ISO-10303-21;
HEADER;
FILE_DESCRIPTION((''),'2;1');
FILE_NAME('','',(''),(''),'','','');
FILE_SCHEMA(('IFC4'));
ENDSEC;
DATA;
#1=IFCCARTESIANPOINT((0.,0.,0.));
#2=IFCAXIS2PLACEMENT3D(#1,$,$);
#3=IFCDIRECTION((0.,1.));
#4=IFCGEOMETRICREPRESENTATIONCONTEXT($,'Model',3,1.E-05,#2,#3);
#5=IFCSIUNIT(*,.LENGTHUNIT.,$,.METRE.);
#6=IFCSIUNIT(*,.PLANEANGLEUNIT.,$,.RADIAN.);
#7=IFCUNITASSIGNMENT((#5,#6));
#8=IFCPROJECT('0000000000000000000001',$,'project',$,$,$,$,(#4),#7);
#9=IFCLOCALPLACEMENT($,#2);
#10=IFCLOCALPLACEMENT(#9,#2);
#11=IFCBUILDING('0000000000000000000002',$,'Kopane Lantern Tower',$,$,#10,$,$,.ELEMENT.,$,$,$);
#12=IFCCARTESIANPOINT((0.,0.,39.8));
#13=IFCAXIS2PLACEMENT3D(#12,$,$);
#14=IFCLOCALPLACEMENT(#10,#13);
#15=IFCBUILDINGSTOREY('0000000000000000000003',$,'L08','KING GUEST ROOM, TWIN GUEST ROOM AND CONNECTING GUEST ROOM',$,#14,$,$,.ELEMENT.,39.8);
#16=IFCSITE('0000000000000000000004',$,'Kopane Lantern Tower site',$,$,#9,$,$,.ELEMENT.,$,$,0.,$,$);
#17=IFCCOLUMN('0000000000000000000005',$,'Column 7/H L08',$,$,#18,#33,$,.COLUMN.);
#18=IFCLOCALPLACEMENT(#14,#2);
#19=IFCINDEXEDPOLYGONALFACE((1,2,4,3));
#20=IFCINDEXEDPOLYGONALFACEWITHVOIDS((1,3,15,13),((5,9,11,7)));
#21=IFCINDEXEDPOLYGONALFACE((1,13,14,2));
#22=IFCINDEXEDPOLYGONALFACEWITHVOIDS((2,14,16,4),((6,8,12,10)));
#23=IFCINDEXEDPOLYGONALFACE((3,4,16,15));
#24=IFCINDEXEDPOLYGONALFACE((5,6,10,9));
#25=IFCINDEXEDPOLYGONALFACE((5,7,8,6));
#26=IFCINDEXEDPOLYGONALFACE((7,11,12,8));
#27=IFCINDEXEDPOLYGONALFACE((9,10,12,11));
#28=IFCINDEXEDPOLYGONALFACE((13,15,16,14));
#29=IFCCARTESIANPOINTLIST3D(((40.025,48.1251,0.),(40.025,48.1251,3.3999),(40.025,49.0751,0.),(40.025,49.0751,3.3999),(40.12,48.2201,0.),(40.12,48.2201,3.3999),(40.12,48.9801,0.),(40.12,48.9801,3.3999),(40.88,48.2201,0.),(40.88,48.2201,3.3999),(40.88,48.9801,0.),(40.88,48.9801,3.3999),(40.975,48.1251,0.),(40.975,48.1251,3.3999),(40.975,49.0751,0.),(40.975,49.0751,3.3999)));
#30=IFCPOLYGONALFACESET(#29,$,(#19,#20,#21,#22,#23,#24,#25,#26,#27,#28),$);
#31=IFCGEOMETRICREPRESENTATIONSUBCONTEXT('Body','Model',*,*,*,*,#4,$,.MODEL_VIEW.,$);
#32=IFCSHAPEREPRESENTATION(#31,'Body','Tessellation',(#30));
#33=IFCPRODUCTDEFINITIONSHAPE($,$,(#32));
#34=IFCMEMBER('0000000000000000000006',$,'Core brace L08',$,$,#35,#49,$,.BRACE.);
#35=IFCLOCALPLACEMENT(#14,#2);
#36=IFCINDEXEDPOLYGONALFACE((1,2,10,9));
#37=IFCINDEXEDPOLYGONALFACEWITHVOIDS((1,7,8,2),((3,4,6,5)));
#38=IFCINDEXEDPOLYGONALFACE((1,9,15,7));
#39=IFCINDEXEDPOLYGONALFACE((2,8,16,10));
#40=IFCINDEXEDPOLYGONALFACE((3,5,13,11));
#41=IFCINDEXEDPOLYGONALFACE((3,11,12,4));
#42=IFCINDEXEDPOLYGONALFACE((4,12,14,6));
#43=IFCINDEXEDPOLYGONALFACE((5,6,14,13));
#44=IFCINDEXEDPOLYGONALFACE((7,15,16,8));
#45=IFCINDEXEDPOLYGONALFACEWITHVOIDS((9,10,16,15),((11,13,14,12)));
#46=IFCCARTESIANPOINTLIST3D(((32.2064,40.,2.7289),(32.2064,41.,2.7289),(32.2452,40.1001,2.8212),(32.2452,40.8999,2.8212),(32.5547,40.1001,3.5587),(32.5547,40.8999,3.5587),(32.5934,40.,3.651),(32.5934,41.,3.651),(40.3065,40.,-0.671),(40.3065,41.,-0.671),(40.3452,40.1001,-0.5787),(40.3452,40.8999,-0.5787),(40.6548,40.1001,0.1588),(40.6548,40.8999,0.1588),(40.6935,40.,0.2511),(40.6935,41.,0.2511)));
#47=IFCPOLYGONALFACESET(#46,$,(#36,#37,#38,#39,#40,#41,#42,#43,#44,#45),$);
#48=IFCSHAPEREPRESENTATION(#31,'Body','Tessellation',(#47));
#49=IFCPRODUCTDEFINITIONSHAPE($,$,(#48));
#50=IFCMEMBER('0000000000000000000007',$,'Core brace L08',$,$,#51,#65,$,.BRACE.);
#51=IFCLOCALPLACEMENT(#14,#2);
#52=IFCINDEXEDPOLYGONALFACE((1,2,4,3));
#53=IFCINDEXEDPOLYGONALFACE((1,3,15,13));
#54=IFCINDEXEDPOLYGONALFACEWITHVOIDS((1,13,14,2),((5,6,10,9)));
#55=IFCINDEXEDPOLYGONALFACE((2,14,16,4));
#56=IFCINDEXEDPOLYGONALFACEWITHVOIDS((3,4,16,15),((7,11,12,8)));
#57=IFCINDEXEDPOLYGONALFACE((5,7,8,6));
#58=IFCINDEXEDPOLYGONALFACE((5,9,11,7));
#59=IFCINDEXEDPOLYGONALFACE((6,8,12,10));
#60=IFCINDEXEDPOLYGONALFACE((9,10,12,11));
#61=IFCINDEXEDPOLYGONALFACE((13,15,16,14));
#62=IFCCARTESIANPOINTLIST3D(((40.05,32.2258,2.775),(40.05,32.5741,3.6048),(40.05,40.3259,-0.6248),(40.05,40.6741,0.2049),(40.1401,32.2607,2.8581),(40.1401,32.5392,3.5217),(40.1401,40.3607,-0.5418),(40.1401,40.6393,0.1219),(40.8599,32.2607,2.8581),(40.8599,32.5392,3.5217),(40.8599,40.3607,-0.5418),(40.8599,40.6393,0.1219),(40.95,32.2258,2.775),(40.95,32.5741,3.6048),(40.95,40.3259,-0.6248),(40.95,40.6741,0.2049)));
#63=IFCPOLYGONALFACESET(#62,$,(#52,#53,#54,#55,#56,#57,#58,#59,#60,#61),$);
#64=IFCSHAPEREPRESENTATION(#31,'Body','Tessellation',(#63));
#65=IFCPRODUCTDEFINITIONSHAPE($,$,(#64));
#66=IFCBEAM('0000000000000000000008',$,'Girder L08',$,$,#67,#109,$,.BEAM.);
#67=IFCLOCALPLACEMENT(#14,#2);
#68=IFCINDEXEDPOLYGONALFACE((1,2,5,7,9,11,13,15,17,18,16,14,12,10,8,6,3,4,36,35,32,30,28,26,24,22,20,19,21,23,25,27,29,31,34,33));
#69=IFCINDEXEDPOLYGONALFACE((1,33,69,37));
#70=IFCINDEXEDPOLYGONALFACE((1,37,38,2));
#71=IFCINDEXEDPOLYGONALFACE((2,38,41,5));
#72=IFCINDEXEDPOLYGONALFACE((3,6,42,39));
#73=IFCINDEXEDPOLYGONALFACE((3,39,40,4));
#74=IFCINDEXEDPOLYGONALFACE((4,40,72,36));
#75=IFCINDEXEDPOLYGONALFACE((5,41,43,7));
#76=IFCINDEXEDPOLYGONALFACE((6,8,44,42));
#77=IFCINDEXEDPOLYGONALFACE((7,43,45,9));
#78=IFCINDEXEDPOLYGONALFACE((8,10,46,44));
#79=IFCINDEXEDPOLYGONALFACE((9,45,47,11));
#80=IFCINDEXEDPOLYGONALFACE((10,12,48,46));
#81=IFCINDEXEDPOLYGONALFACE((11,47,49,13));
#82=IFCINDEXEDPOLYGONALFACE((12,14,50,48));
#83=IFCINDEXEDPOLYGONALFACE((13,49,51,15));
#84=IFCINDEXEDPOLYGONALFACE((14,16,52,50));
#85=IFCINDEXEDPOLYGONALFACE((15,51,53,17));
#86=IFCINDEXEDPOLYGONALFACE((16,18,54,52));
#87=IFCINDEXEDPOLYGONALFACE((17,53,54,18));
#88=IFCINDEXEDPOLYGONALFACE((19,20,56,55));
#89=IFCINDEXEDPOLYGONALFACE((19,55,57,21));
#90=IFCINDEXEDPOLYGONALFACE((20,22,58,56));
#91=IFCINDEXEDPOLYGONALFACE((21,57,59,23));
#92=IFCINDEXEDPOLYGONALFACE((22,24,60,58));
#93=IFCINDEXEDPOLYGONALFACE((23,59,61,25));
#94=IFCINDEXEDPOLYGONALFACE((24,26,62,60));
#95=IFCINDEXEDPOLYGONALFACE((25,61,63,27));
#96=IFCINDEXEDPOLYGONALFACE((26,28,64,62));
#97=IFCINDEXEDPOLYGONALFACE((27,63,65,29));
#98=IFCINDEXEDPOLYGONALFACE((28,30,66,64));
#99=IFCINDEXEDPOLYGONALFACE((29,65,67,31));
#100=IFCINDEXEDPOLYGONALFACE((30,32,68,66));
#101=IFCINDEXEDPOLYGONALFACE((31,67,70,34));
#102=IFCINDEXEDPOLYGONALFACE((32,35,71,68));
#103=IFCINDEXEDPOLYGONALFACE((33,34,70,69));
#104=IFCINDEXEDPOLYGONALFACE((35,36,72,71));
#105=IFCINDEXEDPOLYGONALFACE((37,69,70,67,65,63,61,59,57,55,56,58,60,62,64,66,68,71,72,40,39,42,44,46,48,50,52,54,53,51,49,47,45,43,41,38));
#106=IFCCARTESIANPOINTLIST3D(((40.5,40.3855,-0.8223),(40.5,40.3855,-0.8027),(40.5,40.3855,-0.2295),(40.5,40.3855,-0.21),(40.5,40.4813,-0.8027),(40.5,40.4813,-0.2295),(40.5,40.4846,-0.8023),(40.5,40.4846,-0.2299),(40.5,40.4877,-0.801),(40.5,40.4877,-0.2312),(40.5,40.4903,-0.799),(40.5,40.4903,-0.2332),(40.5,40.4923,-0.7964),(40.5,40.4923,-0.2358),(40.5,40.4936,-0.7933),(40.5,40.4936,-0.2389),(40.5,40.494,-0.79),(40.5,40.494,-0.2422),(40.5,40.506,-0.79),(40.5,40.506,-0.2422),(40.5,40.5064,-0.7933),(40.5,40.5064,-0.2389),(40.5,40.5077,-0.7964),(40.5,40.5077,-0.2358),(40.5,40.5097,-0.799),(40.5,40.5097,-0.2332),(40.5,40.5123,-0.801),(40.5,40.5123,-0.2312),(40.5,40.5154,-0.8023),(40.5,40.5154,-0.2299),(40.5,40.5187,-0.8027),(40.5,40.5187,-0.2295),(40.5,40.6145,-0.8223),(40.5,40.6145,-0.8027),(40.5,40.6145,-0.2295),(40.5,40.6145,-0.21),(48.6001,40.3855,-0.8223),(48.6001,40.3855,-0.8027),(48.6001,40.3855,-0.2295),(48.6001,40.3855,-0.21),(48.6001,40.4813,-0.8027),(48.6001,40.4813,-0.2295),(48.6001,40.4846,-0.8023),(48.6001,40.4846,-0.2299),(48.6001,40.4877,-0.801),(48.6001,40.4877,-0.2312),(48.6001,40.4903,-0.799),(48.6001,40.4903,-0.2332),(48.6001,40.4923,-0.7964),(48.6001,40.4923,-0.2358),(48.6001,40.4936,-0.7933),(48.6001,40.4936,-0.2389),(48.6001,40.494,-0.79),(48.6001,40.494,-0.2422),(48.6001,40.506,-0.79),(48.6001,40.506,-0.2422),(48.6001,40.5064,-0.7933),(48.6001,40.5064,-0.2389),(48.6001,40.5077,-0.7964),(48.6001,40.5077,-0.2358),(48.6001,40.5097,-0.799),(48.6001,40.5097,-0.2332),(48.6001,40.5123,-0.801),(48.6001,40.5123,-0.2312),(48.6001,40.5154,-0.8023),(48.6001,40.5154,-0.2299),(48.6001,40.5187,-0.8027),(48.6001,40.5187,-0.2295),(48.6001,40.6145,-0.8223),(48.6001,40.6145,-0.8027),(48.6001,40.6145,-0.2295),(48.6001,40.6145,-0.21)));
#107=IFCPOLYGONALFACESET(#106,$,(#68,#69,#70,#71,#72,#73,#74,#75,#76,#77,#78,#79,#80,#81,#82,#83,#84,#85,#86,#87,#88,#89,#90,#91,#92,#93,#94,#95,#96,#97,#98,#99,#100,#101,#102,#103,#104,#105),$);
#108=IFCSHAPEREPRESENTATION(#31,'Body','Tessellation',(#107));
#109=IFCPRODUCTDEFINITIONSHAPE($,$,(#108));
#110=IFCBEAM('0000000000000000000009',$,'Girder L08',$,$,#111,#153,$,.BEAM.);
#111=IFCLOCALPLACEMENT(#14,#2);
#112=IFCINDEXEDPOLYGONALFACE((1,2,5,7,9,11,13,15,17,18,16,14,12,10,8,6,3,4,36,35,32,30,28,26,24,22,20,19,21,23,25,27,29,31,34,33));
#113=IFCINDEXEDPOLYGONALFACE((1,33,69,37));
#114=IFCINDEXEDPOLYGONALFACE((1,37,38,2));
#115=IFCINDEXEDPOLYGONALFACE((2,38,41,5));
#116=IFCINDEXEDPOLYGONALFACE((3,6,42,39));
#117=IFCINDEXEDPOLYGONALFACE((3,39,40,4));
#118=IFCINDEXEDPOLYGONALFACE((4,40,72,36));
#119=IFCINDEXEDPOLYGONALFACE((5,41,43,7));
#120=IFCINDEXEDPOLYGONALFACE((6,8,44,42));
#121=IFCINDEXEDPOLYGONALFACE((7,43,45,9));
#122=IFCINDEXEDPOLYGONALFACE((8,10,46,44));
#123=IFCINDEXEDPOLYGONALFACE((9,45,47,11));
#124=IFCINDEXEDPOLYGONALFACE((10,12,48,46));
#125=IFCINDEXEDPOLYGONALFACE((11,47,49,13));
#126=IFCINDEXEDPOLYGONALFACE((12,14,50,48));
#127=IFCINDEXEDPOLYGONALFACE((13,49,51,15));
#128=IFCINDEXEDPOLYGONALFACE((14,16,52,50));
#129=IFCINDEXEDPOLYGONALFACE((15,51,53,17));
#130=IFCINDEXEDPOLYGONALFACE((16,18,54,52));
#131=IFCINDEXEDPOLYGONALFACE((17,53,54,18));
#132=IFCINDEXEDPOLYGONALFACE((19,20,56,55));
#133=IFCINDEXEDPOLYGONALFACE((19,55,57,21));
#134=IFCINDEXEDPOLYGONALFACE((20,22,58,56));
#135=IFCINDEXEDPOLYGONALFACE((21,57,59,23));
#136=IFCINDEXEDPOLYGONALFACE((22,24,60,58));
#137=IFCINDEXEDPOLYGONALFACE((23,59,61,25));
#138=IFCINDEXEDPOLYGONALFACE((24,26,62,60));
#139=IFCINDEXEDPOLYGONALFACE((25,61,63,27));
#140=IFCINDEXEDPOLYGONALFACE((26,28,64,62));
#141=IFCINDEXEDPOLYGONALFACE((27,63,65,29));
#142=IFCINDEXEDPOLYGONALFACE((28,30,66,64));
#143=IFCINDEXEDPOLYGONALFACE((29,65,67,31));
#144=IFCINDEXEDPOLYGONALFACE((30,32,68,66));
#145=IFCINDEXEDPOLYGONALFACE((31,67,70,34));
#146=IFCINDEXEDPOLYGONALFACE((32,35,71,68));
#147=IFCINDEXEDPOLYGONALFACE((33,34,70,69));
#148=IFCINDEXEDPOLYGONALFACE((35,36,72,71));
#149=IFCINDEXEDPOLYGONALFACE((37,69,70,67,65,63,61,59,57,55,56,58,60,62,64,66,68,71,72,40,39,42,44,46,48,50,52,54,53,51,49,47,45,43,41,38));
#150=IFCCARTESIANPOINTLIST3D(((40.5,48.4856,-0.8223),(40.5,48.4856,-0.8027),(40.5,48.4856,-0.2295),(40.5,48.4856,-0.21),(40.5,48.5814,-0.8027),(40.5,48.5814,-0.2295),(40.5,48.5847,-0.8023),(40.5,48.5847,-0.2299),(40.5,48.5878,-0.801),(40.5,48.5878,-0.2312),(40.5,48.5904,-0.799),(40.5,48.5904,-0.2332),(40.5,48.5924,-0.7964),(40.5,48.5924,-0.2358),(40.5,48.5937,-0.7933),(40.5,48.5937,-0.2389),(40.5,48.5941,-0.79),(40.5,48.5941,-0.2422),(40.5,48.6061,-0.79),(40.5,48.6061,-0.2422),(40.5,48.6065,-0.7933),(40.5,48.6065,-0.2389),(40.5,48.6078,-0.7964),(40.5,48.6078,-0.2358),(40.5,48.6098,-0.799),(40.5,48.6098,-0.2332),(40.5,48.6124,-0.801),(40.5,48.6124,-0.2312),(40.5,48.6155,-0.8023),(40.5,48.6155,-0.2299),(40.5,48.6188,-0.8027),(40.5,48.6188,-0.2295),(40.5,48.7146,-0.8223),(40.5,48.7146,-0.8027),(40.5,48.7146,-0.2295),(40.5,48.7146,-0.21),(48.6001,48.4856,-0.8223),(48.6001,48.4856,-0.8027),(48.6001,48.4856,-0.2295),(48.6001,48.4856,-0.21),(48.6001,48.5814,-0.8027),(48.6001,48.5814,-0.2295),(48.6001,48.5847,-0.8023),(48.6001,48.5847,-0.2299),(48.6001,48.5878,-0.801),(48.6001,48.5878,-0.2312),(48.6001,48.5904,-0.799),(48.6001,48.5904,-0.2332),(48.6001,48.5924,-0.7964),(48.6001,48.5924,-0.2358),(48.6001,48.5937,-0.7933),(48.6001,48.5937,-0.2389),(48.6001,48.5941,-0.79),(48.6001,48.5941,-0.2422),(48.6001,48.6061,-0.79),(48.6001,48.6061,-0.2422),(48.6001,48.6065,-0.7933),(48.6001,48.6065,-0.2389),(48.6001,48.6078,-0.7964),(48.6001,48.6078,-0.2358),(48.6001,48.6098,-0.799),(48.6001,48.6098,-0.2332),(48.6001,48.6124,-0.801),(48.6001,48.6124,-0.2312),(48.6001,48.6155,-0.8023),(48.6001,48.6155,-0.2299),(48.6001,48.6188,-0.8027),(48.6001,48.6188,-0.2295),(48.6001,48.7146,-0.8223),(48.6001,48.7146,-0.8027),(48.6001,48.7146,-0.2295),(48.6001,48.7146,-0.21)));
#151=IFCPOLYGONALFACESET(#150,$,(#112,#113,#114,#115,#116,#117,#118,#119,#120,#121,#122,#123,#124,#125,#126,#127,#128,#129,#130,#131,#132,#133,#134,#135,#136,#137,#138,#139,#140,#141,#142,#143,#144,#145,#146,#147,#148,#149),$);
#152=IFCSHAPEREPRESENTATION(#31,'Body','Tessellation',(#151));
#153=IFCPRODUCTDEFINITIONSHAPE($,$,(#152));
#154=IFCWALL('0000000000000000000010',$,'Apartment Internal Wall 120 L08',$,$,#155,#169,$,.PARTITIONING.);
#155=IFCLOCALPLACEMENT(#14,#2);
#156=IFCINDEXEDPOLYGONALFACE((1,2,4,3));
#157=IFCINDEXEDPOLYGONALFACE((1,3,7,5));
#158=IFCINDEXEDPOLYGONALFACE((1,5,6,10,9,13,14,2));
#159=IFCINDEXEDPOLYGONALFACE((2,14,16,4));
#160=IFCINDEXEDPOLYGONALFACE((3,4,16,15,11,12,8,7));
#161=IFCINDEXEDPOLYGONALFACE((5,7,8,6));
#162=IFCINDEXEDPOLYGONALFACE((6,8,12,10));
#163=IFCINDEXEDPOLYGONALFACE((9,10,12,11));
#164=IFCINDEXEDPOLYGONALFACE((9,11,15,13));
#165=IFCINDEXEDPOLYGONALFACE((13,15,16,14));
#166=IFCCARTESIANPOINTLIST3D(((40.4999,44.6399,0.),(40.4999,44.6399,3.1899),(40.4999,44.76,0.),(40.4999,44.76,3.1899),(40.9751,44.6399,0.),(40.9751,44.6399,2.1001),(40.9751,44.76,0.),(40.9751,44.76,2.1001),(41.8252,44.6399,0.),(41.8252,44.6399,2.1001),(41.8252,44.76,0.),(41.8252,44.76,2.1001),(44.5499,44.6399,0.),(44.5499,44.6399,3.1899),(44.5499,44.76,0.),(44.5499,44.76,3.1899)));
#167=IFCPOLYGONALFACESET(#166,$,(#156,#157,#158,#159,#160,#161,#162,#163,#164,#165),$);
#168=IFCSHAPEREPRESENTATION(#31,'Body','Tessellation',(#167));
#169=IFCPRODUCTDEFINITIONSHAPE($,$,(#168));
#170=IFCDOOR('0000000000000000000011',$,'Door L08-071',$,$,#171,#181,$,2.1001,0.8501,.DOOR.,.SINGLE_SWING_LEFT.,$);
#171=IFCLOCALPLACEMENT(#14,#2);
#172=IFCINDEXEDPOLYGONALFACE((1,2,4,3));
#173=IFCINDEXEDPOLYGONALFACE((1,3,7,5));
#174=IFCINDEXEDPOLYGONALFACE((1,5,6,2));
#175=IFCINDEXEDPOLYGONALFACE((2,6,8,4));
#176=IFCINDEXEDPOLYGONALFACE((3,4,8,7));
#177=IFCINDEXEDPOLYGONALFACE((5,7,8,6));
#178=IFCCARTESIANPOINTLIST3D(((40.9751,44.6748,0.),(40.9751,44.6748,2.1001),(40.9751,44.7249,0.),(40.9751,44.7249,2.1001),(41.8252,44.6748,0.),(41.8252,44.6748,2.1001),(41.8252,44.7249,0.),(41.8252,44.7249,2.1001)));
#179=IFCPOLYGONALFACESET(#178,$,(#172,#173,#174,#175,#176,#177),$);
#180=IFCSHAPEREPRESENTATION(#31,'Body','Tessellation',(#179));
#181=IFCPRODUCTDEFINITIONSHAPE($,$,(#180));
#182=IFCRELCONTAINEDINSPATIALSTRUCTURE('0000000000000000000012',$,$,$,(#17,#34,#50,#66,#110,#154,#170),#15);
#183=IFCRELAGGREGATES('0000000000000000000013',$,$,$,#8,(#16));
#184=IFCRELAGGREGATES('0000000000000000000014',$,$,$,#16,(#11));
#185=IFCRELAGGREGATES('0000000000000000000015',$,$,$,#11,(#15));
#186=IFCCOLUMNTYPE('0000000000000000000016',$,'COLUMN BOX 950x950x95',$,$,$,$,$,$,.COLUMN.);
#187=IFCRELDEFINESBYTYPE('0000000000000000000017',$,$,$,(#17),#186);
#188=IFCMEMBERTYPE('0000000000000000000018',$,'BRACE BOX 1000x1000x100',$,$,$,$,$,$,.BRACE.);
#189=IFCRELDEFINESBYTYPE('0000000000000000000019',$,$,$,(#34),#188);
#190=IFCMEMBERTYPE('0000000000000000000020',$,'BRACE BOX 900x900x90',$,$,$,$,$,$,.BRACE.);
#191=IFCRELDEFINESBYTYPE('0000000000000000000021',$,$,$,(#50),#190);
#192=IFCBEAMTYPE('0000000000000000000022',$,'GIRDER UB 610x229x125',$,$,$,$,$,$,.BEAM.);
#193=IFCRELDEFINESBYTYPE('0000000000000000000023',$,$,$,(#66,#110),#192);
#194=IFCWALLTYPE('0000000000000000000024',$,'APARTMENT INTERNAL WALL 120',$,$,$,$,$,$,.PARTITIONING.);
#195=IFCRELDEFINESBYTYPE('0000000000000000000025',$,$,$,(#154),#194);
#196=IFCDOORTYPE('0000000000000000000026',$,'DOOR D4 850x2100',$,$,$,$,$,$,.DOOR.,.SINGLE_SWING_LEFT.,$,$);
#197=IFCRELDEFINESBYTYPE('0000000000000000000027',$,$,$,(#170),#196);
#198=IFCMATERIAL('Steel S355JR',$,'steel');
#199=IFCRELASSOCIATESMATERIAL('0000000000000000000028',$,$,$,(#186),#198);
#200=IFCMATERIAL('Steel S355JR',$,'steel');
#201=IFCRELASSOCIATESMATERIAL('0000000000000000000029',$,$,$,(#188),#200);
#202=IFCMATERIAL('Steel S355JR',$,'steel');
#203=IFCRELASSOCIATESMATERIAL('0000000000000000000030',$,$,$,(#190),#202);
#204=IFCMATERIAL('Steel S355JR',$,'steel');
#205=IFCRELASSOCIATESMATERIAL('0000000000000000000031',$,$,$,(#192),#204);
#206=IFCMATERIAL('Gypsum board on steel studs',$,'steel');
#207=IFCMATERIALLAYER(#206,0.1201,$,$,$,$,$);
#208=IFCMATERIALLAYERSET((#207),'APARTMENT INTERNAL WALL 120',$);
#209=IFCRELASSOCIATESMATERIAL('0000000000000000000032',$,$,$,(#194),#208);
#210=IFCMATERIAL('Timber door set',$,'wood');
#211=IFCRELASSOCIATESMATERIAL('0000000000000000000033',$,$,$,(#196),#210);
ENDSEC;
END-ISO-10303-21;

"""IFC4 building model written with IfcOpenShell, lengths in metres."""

from ifc_helpers import new_model, si_unit, direction, frame, frame_2d, origin, origin_2d, place, context, subcontext, project, spatial, rectangle, hollow_rectangle, i_section, extrude, material, layer, layer_set, material_profile, profile_set, type_object, element, fill, save


model = new_model("IFC4")

# Units and contexts
model_context = context("Model", 3, precision=1e-05, world=origin(), true_north=direction((0.0, 1.0)))
body_context = subcontext(model_context, "Body", "Model", "MODEL_VIEW")
ifc_project = project(units=[si_unit("LENGTHUNIT", "METRE"), si_unit("PLANEANGLEUNIT", "RADIAN")], contexts=[model_context])

# Site, building, storey
site_placement = place(None, origin())
site = spatial("IfcSite", under=ifc_project, at=site_placement, Name="Kopane Lantern Tower site", CompositionType="ELEMENT", RefElevation=0.0)
building_placement = place(site_placement, origin())
building = spatial("IfcBuilding", under=site, at=building_placement, Name="Kopane Lantern Tower", CompositionType="ELEMENT")
storey_placement = place(building_placement, frame((0.0, 0.0, 39.8)))
storey = spatial("IfcBuildingStorey", under=building, at=storey_placement, Name="L08", Description="KING GUEST ROOM, TWIN GUEST ROOM AND CONNECTING GUEST ROOM", CompositionType="ELEMENT", Elevation=39.8)

# Column
ifc_material_1 = material(Name="Steel S355JR", Category="steel")
ifc_material_profile_1 = material_profile(ifc_material_1, hollow_rectangle(XDim=0.95, YDim=0.95, WallThickness=0.095, at=origin_2d()), Name="BOX 950x950x95")
ifc_profile_set_1 = profile_set([ifc_material_profile_1], Name="Steel S355JR")
column_type = type_object("IfcColumnType", Name="COLUMN BOX 950x950x95", PredefinedType="COLUMN", material=ifc_profile_set_1)
column_placement = place(storey_placement, frame((40.5, 48.6001, 0.0), z_axis=(0.0, 0.0, 1.0), x_axis=(1.0, 0.0, 0.0)))
element("IfcColumn", 1, at=column_placement, inside=storey, type_object=column_type, Name="Column 7/H L08", PredefinedType="COLUMN", context=body_context, shape_type="SweptSolid", body=[
    extrude(hollow_rectangle(XDim=0.95, YDim=0.95, WallThickness=0.095, at=origin_2d()), origin(), (0.0, 0.0, 1.0), 3.3999),
])

# Members
ifc_material_2 = material(Name="Steel S355JR", Category="steel")
ifc_material_profile_2 = material_profile(ifc_material_2, hollow_rectangle(XDim=1.0, YDim=1.0, WallThickness=0.1001, at=origin_2d()), Name="BOX 1000x1000x100")
ifc_profile_set_2 = profile_set([ifc_material_profile_2], Name="Steel S355JR")
member_type_1 = type_object("IfcMemberType", Name="BRACE BOX 1000x1000x100", PredefinedType="BRACE", material=ifc_profile_set_2)
member_1_placement = place(storey_placement, frame((40.5, 40.5, -0.21), z_axis=(-0.922069, 0.0, 0.387026), x_axis=(0.0, -1.0, 0.0)))
element("IfcMember", 2, at=member_1_placement, inside=storey, type_object=member_type_1, Name="Core brace L08", PredefinedType="BRACE", context=body_context, shape_type="SweptSolid", body=[
    extrude(hollow_rectangle(XDim=1.0, YDim=1.0, WallThickness=0.1001, at=origin_2d()), origin(), (0.0, 0.0, 1.0), 8.7847),
])
ifc_material_3 = material(Name="Steel S355JR", Category="steel")
ifc_material_profile_3 = material_profile(ifc_material_3, hollow_rectangle(XDim=0.8999, YDim=0.8999, WallThickness=0.0901, at=origin_2d()), Name="BOX 900x900x90")
ifc_profile_set_3 = profile_set([ifc_material_profile_3], Name="Steel S355JR")
member_type_2 = type_object("IfcMemberType", Name="BRACE BOX 900x900x90", PredefinedType="BRACE", material=ifc_profile_set_3)
member_2_placement = place(storey_placement, frame((40.5, 40.5, -0.21), z_axis=(0.0, -0.922069, 0.387026), x_axis=(1.0, 0.0, 0.0)))
element("IfcMember", 3, at=member_2_placement, inside=storey, type_object=member_type_2, Name="Core brace L08", PredefinedType="BRACE", context=body_context, shape_type="SweptSolid", body=[
    extrude(hollow_rectangle(XDim=0.8999, YDim=0.8999, WallThickness=0.0901, at=origin_2d()), origin(), (0.0, 0.0, 1.0), 8.7847),
])

# Beams
ifc_material_4 = material(Name="Steel S355JR", Category="steel")
ifc_material_profile_4 = material_profile(ifc_material_4, i_section(OverallWidth=0.229, OverallDepth=0.6123, WebThickness=0.012, FlangeThickness=0.0195, FilletRadius=0.0127, at=origin_2d()), Name="UB 610x229x125")
ifc_profile_set_4 = profile_set([ifc_material_profile_4], Name="Steel S355JR")
beam_type = type_object("IfcBeamType", Name="GIRDER UB 610x229x125", PredefinedType="BEAM", material=ifc_profile_set_4)
for number, where, z_axis, x_axis, name in (
    (4, (40.5, 40.5, -0.5161), (1.0, 0.0, 0.0), (0.0, 1.0, 0.0), "Girder L08"),
    (5, (40.5, 48.6001, -0.5161), (1.0, 0.0, 0.0), (0.0, 1.0, 0.0), "Girder L08"),
):
    element("IfcBeam", number, at=place(storey_placement, frame(where, z_axis=z_axis, x_axis=x_axis)), inside=storey, type_object=beam_type, Name=name, PredefinedType="BEAM", context=body_context, shape_type="SweptSolid", body=[
        extrude(i_section(OverallWidth=0.229, OverallDepth=0.6123, WebThickness=0.012, FlangeThickness=0.0195, FilletRadius=0.0127, at=origin_2d()), origin(), (0.0, 0.0, 1.0), 8.1001),
    ])

# Wall, opening, door
ifc_material_5 = material(Name="Gypsum board on steel studs", Category="steel")
ifc_layer_1 = layer(ifc_material_5, 0.1201)
ifc_layer_set_1 = layer_set([ifc_layer_1], Name="APARTMENT INTERNAL WALL 120")
wall_type_1 = type_object("IfcWallType", Name="APARTMENT INTERNAL WALL 120", PredefinedType="PARTITIONING", material=ifc_layer_set_1)
wall_1_placement = place(storey_placement, frame((40.5, 44.7, 0.0), z_axis=(0.0, 0.0, 1.0), x_axis=(1.0, 0.0, 0.0)))
wall_1 = element("IfcWall", 6, at=wall_1_placement, inside=storey, type_object=wall_type_1, Name="Apartment Internal Wall 120 L08", PredefinedType="PARTITIONING", context=body_context, shape_type="SweptSolid", body=[
    extrude(rectangle(XDim=4.05, YDim=0.1201, at=frame_2d((2.0249, 0.0))), origin(), (0.0, 0.0, 1.0), 3.1899),
])
opening_1_placement = place(wall_1_placement, frame((0.4751, 0.0, 0.0)))
opening_1 = element("IfcOpeningElement", 7, at=opening_1_placement, cuts=wall_1, PredefinedType="OPENING", context=body_context, shape_type="SweptSolid", body=[
    extrude(rectangle(XDim=0.8501, YDim=2.1001, at=frame_2d((0.425, 1.05))), frame((0.0, 0.0701, 0.0), z_axis=(0.0, -1.0, 0.0), x_axis=(1.0, 0.0, 0.0)), (0.0, 0.0, 1.0), 0.1401),
])
ifc_material_6 = material(Name="Timber door set", Category="wood")
door_type_1 = type_object("IfcDoorType", Name="DOOR D4 850x2100", OperationType="SINGLE_SWING_LEFT", PredefinedType="DOOR", material=ifc_material_6)
door_1_placement = place(opening_1_placement, origin())
door_1 = element("IfcDoor", 8, at=door_1_placement, inside=storey, type_object=door_type_1, Name="Door L08-071", OperationType="SINGLE_SWING_LEFT", OverallHeight=2.1001, OverallWidth=0.8501, PredefinedType="DOOR", context=body_context, shape_type="SweptSolid", body=[
    extrude(rectangle(XDim=0.8501, YDim=2.1001, at=frame_2d((0.425, 1.05))), frame((0.0, 0.0249, 0.0), z_axis=(0.0, -1.0, 0.0), x_axis=(1.0, 0.0, 0.0)), (0.0, 0.0, 1.0), 0.05),
])
fill(opening_1, door_1)

save(model, "model.ifc")
